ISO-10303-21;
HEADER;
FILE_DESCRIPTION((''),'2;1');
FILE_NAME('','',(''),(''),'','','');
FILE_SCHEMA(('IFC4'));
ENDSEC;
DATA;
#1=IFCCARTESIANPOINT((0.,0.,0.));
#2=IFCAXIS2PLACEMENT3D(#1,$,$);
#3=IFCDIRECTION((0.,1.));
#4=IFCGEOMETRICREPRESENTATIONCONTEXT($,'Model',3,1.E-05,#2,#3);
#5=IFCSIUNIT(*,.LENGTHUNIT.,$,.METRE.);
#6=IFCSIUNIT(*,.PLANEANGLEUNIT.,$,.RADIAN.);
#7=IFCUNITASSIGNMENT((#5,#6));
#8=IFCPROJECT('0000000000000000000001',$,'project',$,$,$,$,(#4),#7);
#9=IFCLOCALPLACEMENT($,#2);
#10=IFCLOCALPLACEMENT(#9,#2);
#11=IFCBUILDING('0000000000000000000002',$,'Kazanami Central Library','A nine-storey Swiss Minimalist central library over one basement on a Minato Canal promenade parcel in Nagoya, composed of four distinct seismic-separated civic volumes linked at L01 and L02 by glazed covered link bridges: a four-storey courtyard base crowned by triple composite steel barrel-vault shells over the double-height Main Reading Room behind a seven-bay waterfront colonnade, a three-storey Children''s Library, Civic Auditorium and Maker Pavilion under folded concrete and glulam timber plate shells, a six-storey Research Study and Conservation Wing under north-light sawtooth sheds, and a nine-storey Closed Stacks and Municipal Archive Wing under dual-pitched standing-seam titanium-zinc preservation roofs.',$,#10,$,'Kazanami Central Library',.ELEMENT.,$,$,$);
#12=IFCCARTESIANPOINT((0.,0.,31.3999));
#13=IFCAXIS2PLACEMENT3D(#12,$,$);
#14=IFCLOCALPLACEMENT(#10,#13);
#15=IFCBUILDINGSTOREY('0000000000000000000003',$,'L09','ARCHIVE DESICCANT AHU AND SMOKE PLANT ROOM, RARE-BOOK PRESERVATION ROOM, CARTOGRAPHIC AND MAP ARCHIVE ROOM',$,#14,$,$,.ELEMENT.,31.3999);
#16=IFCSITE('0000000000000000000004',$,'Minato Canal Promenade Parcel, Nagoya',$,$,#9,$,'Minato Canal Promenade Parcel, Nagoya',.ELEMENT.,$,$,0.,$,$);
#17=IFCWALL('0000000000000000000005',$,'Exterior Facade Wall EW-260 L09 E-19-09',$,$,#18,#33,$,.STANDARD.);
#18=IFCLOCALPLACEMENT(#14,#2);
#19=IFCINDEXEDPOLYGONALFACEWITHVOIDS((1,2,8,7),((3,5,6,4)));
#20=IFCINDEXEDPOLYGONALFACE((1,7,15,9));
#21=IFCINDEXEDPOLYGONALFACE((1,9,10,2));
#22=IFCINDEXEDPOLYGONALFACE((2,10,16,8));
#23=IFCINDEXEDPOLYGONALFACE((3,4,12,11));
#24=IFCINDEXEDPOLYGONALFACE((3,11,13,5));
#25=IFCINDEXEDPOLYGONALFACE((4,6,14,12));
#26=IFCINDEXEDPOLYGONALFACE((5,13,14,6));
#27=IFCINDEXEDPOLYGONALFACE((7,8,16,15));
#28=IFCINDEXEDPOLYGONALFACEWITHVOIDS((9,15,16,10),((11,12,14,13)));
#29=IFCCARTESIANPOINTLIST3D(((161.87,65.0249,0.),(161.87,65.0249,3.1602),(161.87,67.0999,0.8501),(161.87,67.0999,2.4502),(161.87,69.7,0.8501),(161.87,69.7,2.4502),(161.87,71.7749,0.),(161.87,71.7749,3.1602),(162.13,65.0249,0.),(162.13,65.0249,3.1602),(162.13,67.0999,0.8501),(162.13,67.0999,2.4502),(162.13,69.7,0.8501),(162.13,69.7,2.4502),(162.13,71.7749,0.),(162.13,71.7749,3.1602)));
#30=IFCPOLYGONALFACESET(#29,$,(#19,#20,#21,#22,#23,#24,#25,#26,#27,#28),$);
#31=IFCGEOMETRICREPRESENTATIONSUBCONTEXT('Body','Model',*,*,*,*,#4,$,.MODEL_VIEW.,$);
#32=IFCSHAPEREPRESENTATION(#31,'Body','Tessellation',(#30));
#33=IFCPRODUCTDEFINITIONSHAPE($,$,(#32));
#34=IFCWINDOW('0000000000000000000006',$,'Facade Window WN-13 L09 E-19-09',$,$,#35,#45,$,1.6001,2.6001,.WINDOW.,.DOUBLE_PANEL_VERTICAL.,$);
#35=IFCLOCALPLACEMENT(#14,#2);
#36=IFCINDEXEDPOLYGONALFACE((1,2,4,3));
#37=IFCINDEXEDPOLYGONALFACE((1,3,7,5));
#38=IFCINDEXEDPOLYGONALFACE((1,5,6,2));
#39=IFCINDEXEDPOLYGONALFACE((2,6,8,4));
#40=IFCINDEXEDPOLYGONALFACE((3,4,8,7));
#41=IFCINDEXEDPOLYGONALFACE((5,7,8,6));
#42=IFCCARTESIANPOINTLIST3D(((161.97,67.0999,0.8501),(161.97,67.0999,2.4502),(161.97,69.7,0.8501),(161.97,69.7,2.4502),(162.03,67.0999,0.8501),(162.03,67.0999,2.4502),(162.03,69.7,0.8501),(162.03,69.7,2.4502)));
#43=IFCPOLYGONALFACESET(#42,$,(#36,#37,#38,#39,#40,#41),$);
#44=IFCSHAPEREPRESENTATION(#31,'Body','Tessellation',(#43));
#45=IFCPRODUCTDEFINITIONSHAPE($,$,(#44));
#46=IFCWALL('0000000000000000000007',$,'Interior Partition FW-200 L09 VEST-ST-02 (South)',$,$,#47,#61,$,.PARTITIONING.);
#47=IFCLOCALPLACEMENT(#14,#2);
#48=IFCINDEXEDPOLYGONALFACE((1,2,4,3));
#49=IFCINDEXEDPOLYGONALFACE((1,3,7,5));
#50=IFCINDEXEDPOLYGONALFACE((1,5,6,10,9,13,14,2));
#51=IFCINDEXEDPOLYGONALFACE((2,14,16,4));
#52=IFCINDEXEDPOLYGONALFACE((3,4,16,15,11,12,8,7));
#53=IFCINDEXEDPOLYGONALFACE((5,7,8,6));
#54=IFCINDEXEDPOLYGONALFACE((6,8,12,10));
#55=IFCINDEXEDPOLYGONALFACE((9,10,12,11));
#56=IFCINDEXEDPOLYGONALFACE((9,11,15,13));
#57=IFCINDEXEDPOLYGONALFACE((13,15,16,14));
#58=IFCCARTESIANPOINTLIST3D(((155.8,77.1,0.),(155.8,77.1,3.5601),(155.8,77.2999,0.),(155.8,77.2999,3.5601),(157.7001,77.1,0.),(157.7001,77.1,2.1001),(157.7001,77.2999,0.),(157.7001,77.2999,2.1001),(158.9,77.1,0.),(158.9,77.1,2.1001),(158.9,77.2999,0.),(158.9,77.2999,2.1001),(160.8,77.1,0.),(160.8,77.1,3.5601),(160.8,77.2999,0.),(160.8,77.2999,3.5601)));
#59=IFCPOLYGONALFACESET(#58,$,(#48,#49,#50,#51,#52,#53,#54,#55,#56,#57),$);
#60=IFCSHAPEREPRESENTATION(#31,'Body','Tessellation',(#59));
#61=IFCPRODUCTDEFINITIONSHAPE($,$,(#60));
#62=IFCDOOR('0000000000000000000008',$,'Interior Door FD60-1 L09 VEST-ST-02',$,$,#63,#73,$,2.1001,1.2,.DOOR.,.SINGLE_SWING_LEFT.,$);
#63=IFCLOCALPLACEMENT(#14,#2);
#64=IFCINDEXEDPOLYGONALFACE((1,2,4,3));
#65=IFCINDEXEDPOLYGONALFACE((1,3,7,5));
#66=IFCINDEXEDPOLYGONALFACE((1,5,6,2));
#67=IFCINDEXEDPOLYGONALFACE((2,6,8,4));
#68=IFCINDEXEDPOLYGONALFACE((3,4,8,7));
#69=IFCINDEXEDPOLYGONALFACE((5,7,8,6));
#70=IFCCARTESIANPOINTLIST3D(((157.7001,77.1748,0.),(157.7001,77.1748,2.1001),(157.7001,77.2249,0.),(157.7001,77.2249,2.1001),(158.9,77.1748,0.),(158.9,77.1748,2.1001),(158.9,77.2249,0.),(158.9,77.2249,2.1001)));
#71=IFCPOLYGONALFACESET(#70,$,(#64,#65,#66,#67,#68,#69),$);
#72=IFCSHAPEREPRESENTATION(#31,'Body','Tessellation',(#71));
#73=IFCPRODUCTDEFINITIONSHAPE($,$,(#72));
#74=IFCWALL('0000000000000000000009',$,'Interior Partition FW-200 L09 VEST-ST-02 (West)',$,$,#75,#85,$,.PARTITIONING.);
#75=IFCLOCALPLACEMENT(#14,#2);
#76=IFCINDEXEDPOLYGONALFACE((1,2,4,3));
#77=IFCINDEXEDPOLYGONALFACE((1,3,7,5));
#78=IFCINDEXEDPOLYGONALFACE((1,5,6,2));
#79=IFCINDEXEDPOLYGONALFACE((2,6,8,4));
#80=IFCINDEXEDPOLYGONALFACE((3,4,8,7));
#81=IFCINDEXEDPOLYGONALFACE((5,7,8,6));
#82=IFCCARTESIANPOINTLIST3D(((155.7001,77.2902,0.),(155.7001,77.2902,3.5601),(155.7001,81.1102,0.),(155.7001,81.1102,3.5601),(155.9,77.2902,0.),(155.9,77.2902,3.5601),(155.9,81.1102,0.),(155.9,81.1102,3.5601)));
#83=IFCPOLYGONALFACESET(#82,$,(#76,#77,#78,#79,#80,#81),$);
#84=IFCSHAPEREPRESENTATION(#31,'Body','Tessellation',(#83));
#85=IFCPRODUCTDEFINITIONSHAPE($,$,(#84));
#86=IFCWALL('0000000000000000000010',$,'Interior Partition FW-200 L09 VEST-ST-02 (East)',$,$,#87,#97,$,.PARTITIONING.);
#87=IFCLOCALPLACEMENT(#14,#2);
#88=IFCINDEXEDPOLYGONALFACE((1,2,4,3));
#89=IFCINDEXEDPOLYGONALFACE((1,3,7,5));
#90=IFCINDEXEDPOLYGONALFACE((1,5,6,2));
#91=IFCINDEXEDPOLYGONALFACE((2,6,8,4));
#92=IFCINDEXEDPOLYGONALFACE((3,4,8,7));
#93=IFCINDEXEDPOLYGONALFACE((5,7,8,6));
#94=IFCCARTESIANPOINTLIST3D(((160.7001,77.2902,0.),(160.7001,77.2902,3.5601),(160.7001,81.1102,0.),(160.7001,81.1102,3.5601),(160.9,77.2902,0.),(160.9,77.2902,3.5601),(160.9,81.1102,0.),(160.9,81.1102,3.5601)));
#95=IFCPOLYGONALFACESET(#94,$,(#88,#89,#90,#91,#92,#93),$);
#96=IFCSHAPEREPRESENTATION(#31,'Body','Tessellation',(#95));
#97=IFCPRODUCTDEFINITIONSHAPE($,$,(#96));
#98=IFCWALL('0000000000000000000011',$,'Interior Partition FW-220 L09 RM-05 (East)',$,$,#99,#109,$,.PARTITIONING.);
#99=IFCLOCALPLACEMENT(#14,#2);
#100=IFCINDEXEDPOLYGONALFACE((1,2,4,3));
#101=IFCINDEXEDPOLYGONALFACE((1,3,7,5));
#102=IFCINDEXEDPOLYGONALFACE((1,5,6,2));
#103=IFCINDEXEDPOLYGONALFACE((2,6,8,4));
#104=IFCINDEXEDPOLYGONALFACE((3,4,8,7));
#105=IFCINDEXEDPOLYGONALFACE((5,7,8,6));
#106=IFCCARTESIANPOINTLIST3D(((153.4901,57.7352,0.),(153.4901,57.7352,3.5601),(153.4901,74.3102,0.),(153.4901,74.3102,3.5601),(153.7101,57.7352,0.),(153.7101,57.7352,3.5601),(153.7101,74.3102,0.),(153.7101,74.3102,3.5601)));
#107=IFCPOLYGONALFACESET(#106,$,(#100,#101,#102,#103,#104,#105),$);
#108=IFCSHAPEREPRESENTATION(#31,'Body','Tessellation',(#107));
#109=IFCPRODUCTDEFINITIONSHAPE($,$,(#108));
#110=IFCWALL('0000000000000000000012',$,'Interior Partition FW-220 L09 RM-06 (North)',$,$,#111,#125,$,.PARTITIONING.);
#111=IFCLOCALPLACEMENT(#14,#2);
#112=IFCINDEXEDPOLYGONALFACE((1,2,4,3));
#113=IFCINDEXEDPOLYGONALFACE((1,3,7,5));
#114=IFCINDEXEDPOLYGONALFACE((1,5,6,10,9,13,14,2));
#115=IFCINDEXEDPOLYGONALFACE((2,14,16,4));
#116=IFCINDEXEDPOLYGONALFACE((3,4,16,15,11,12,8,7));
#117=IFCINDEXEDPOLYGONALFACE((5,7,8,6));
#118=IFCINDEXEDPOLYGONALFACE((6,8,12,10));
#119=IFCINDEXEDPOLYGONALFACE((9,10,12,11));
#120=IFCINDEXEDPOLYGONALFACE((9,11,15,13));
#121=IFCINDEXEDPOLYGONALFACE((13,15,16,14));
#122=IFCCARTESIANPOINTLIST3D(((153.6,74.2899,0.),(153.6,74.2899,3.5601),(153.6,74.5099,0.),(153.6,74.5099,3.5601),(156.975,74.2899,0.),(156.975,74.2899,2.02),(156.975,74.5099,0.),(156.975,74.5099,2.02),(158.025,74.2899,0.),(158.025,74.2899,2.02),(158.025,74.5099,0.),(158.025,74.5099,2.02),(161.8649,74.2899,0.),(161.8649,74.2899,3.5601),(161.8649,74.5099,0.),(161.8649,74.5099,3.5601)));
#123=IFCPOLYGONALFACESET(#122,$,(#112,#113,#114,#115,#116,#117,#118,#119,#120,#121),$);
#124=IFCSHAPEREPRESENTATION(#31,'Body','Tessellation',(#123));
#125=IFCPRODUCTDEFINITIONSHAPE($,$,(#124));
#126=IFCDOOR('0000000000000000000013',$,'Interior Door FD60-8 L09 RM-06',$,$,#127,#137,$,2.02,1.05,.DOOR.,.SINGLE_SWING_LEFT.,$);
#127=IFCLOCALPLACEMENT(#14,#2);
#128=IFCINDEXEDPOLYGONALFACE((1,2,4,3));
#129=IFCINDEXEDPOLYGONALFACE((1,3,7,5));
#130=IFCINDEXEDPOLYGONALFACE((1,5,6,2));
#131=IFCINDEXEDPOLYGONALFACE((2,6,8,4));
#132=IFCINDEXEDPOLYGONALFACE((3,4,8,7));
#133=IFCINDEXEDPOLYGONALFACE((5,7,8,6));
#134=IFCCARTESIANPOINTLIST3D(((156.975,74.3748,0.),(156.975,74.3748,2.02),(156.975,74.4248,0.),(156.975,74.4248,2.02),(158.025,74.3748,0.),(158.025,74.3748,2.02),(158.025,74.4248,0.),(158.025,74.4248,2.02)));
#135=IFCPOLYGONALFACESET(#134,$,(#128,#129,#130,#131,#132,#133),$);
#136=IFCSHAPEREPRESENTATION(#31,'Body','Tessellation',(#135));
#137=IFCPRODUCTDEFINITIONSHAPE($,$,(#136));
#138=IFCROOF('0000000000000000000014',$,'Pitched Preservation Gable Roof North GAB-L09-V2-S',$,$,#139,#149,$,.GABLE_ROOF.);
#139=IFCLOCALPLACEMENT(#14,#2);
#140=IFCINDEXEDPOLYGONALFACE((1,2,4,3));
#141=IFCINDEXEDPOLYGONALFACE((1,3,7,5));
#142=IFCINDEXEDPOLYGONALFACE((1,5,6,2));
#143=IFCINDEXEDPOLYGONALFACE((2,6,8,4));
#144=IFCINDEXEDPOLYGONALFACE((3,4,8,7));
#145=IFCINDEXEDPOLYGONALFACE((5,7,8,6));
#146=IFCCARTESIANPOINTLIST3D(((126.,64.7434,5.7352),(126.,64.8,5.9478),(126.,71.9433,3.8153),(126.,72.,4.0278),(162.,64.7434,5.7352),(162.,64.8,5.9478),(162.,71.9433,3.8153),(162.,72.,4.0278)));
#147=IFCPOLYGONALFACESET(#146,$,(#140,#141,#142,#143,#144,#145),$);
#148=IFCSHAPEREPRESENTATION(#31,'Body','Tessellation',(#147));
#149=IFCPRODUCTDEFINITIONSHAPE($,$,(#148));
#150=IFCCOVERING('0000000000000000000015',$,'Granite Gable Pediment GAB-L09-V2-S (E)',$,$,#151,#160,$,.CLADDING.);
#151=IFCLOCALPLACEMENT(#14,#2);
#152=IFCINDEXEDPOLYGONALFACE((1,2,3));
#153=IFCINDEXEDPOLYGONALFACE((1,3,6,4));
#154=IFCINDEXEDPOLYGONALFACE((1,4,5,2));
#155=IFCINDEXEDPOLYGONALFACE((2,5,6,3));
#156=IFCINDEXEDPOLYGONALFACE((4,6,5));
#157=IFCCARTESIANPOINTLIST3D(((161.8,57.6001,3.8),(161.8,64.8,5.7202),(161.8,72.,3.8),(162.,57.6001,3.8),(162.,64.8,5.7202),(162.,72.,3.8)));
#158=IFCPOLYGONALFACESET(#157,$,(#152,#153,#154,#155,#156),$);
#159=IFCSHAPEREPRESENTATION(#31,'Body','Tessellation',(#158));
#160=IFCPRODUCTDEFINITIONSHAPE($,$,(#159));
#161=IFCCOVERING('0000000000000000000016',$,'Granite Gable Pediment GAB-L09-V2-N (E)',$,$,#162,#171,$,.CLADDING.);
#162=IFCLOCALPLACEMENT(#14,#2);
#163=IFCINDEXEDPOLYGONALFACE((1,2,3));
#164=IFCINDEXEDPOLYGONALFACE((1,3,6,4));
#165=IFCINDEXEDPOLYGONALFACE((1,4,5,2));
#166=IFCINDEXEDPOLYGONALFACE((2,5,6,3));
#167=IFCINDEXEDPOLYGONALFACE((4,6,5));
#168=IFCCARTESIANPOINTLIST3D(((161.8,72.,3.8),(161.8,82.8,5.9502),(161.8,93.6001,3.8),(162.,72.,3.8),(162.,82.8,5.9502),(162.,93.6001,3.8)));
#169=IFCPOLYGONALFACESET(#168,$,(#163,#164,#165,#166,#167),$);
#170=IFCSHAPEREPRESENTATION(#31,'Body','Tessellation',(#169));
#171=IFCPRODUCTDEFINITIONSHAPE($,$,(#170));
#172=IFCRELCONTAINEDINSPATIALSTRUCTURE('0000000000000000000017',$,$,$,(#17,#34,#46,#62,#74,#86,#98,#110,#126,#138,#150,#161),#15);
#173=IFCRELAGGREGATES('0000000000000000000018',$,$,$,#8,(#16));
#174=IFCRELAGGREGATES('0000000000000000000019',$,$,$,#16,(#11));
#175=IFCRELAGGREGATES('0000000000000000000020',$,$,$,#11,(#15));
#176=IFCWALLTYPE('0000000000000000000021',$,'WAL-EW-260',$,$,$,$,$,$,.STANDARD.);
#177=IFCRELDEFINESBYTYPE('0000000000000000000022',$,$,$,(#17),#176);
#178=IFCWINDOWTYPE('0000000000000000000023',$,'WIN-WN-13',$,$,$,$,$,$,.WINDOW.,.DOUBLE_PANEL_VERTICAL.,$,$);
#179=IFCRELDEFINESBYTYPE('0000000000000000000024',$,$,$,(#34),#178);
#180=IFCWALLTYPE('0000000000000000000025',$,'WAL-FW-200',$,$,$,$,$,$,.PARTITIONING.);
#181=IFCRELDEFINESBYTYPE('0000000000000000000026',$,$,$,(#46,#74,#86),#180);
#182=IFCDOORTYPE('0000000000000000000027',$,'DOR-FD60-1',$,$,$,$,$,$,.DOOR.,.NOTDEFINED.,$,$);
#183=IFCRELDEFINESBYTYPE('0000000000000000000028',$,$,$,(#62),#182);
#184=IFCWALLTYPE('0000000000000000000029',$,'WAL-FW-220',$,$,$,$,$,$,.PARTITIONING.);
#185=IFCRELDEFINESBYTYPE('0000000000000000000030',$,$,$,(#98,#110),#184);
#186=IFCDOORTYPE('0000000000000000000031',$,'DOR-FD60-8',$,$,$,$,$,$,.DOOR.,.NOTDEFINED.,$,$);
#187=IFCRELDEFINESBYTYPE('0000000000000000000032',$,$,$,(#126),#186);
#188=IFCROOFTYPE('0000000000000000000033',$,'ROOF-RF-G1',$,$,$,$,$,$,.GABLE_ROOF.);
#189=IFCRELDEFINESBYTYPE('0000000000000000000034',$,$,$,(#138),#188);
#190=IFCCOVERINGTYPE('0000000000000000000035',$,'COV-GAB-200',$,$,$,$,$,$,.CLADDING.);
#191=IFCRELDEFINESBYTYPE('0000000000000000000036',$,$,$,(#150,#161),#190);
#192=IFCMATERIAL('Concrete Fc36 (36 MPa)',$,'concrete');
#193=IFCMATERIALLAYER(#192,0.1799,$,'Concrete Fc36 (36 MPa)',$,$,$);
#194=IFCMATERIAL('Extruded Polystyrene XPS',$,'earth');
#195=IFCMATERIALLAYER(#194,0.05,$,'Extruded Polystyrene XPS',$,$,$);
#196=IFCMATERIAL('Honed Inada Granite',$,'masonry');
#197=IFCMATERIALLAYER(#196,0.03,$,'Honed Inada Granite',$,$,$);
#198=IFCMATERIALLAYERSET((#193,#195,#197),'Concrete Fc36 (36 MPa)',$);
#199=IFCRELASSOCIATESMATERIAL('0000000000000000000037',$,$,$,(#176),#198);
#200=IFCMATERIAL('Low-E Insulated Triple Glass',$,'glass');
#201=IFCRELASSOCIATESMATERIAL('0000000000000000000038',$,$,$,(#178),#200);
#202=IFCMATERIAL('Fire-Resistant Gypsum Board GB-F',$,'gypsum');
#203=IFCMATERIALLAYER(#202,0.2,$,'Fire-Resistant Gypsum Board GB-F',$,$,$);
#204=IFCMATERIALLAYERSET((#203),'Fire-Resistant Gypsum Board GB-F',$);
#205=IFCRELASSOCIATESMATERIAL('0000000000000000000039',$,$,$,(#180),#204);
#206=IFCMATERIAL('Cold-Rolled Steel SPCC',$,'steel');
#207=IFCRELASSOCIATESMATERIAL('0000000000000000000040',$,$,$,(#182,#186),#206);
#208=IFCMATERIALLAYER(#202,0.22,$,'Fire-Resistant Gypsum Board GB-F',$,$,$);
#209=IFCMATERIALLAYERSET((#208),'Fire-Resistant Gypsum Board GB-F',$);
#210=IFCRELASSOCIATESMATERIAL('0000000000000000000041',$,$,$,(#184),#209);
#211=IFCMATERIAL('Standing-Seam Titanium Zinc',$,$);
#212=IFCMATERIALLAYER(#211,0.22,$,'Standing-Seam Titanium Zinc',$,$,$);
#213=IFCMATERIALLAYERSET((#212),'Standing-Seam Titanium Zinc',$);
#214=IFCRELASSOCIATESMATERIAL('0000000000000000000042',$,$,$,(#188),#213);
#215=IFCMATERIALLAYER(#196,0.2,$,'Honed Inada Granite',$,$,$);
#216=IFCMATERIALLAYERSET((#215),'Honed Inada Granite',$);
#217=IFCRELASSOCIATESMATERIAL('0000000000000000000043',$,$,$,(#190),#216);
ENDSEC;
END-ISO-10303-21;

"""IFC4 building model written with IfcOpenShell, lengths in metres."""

from ifc_helpers import new_model, si_unit, direction, frame, frame_2d, origin, place, context, subcontext, project, spatial, polyline, rectangle, outline, extrude, material, layer, layer_set, type_object, element, fill, save


model = new_model("IFC4")

# Units and contexts
model_context = context("Model", 3, precision=1e-05, world=origin(), true_north=direction((0.0, 1.0)))
body_context = subcontext(model_context, "Body", "Model", "MODEL_VIEW")
ifc_project = project(units=[si_unit("LENGTHUNIT", "METRE"), si_unit("PLANEANGLEUNIT", "RADIAN")], contexts=[model_context])

# Site, building, storey
site_placement = place(None, origin())
site = spatial("IfcSite", under=ifc_project, at=site_placement, Name="Minato Canal Promenade Parcel, Nagoya", LongName="Minato Canal Promenade Parcel, Nagoya", CompositionType="ELEMENT", RefElevation=0.0)
building_placement = place(site_placement, origin())
building = spatial("IfcBuilding", under=site, at=building_placement, Name="Kazanami Central Library", Description="A nine-storey Swiss Minimalist central library over one basement on a Minato Canal promenade parcel in Nagoya, composed of four distinct seismic-separated civic volumes linked at L01 and L02 by glazed covered link bridges: a four-storey courtyard base crowned by triple composite steel barrel-vault shells over the double-height Main Reading Room behind a seven-bay waterfront colonnade, a three-storey Children's Library, Civic Auditorium and Maker Pavilion under folded concrete and glulam timber plate shells, a six-storey Research Study and Conservation Wing under north-light sawtooth sheds, and a nine-storey Closed Stacks and Municipal Archive Wing under dual-pitched standing-seam titanium-zinc preservation roofs.", LongName="Kazanami Central Library", CompositionType="ELEMENT")
storey_placement = place(building_placement, frame((0.0, 0.0, 31.3999)))
storey = spatial("IfcBuildingStorey", under=building, at=storey_placement, Name="L09", Description="ARCHIVE DESICCANT AHU AND SMOKE PLANT ROOM, RARE-BOOK PRESERVATION ROOM, CARTOGRAPHIC AND MAP ARCHIVE ROOM", CompositionType="ELEMENT", Elevation=31.3999)

# Wall, opening, window
ifc_material_1 = material(Name="Concrete Fc36 (36 MPa)", Category="concrete")
ifc_layer_1 = layer(ifc_material_1, 0.1799, Name="Concrete Fc36 (36 MPa)")
ifc_material_2 = material(Name="Extruded Polystyrene XPS", Category="earth")
ifc_layer_2 = layer(ifc_material_2, 0.05, Name="Extruded Polystyrene XPS")
ifc_material_3 = material(Name="Honed Inada Granite", Category="masonry")
ifc_layer_3 = layer(ifc_material_3, 0.03, Name="Honed Inada Granite")
ifc_layer_set_1 = layer_set([ifc_layer_1, ifc_layer_2, ifc_layer_3], Name="Concrete Fc36 (36 MPa)")
wall_type_1 = type_object("IfcWallType", Name="WAL-EW-260", PredefinedType="STANDARD", material=ifc_layer_set_1)
ifc_material_4 = material(Name="Low-E Insulated Triple Glass", Category="glass")
window_type = type_object("IfcWindowType", Name="WIN-WN-13", PartitioningType="DOUBLE_PANEL_VERTICAL", PredefinedType="WINDOW", material=ifc_material_4)
wall_1_placement = place(storey_placement, frame((162.0, 71.7749, 0.0), z_axis=(0.0, 0.0, 1.0), x_axis=(0.0, -1.0, 0.0)))
wall_1 = element("IfcWall", 1, at=wall_1_placement, inside=storey, type_object=wall_type_1, Name="Exterior Facade Wall EW-260 L09 E-19-09", PredefinedType="STANDARD", context=body_context, shape_type="SweptSolid", body=[
    extrude(rectangle(XDim=6.75, YDim=0.26, at=frame_2d((3.375, 0.0))), origin(), (0.0, 0.0, 1.0), 3.1602),
])
opening_1_placement = place(wall_1_placement, frame((2.075, 0.0, 0.8501)))
opening_1 = element("IfcOpeningElement", 2, at=opening_1_placement, cuts=wall_1, PredefinedType="OPENING", context=body_context, shape_type="SweptSolid", body=[
    extrude(rectangle(XDim=2.6001, YDim=1.6001, at=frame_2d((1.3, 0.8))), frame((0.0, 0.1421, 0.0), z_axis=(0.0, -1.0, 0.0), x_axis=(1.0, 0.0, 0.0)), (0.0, 0.0, 1.0), 0.2839),
])
window_1_placement = place(opening_1_placement, origin())
window_1 = element("IfcWindow", 3, at=window_1_placement, inside=storey, type_object=window_type, Name="Facade Window WN-13 L09 E-19-09", OverallHeight=1.6001, OverallWidth=2.6001, PartitioningType="DOUBLE_PANEL_VERTICAL", PredefinedType="WINDOW", context=body_context, shape_type="SweptSolid", body=[
    extrude(rectangle(XDim=2.6001, YDim=1.6001, at=frame_2d((1.3, 0.8))), frame((0.0, 0.03, 0.0), z_axis=(0.0, -1.0, 0.0), x_axis=(1.0, 0.0, 0.0)), (0.0, 0.0, 1.0), 0.0601),
])
fill(opening_1, window_1)

# Wall, opening, door
ifc_material_5 = material(Name="Fire-Resistant Gypsum Board GB-F", Category="gypsum")
ifc_layer_4 = layer(ifc_material_5, 0.2, Name="Fire-Resistant Gypsum Board GB-F")
ifc_layer_set_2 = layer_set([ifc_layer_4], Name="Fire-Resistant Gypsum Board GB-F")
wall_type_2 = type_object("IfcWallType", Name="WAL-FW-200", PredefinedType="PARTITIONING", material=ifc_layer_set_2)
wall_2_placement = place(storey_placement, frame((155.8, 77.2, 0.0), z_axis=(0.0, 0.0, 1.0), x_axis=(1.0, 0.0, 0.0)))
wall_2 = element("IfcWall", 4, at=wall_2_placement, inside=storey, type_object=wall_type_2, Name="Interior Partition FW-200 L09 VEST-ST-02 (South)", PredefinedType="PARTITIONING", context=body_context, shape_type="SweptSolid", body=[
    extrude(rectangle(XDim=5.0, YDim=0.2, at=frame_2d((2.5, 0.0))), origin(), (0.0, 0.0, 1.0), 3.5601),
])
opening_2_placement = place(wall_2_placement, frame((1.8999, 0.0, 0.0)))
opening_2 = element("IfcOpeningElement", 5, at=opening_2_placement, cuts=wall_2, PredefinedType="OPENING", context=body_context, shape_type="SweptSolid", body=[
    extrude(rectangle(XDim=1.2, YDim=2.1001, at=frame_2d((0.6001, 1.05))), frame((0.0, 0.1118, 0.0), z_axis=(0.0, -1.0, 0.0), x_axis=(1.0, 0.0, 0.0)), (0.0, 0.0, 1.0), 0.2239),
])
ifc_material_6 = material(Name="Cold-Rolled Steel SPCC", Category="steel")
door_type_1 = type_object("IfcDoorType", Name="DOR-FD60-1", OperationType="NOTDEFINED", PredefinedType="DOOR", material=ifc_material_6)
door_1_placement = place(opening_2_placement, origin())
door_1 = element("IfcDoor", 6, at=door_1_placement, inside=storey, type_object=door_type_1, Name="Interior Door FD60-1 L09 VEST-ST-02", OperationType="SINGLE_SWING_LEFT", OverallHeight=2.1001, OverallWidth=1.2, PredefinedType="DOOR", context=body_context, shape_type="SweptSolid", body=[
    extrude(rectangle(XDim=1.2, YDim=2.1001, at=frame_2d((0.6001, 1.05))), frame((0.0, 0.0249, 0.0), z_axis=(0.0, -1.0, 0.0), x_axis=(1.0, 0.0, 0.0)), (0.0, 0.0, 1.0), 0.05),
])
fill(opening_2, door_1)

# Walls
for number, where, z_axis, x_axis, name in (
    (7, (155.8, 77.29, 0.0), (0.0, 0.0, 1.0), (0.0, 1.0, 0.0), "Interior Partition FW-200 L09 VEST-ST-02 (West)"),
    (8, (160.8, 77.29, 0.0), (0.0, 0.0, 1.0), (0.0, 1.0, 0.0), "Interior Partition FW-200 L09 VEST-ST-02 (East)"),
):
    element("IfcWall", number, at=place(storey_placement, frame(where, z_axis=z_axis, x_axis=x_axis)), inside=storey, type_object=wall_type_2, Name=name, PredefinedType="PARTITIONING", context=body_context, shape_type="SweptSolid", body=[
        extrude(rectangle(XDim=3.8201, YDim=0.2, at=frame_2d((1.9102, 0.0))), origin(), (0.0, 0.0, 1.0), 3.5601),
    ])
ifc_layer_5 = layer(ifc_material_5, 0.22, Name="Fire-Resistant Gypsum Board GB-F")
ifc_layer_set_3 = layer_set([ifc_layer_5], Name="Fire-Resistant Gypsum Board GB-F")
wall_type_3 = type_object("IfcWallType", Name="WAL-FW-220", PredefinedType="PARTITIONING", material=ifc_layer_set_3)
wall_3_placement = place(storey_placement, frame((153.6001, 57.7351, 0.0), z_axis=(0.0, 0.0, 1.0), x_axis=(0.0, 1.0, 0.0)))
element("IfcWall", 9, at=wall_3_placement, inside=storey, type_object=wall_type_3, Name="Interior Partition FW-220 L09 RM-05 (East)", PredefinedType="PARTITIONING", context=body_context, shape_type="SweptSolid", body=[
    extrude(rectangle(XDim=16.575, YDim=0.22, at=frame_2d((8.2876, 0.0))), origin(), (0.0, 0.0, 1.0), 3.5601),
])

# Wall, opening, door
wall_4_placement = place(storey_placement, frame((153.6001, 74.3999, 0.0), z_axis=(0.0, 0.0, 1.0), x_axis=(1.0, 0.0, 0.0)))
wall_4 = element("IfcWall", 10, at=wall_4_placement, inside=storey, type_object=wall_type_3, Name="Interior Partition FW-220 L09 RM-06 (North)", PredefinedType="PARTITIONING", context=body_context, shape_type="SweptSolid", body=[
    extrude(rectangle(XDim=8.2649, YDim=0.22, at=frame_2d((4.1323, 0.0))), origin(), (0.0, 0.0, 1.0), 3.5601),
])
opening_3_placement = place(wall_4_placement, frame((3.375, 0.0, 0.0)))
opening_3 = element("IfcOpeningElement", 11, at=opening_3_placement, cuts=wall_4, PredefinedType="OPENING", context=body_context, shape_type="SweptSolid", body=[
    extrude(rectangle(XDim=1.05, YDim=2.02, at=frame_2d((0.5249, 1.01))), frame((0.0, 0.1221, 0.0), z_axis=(0.0, -1.0, 0.0), x_axis=(1.0, 0.0, 0.0)), (0.0, 0.0, 1.0), 0.2439),
])
door_type_2 = type_object("IfcDoorType", Name="DOR-FD60-8", OperationType="NOTDEFINED", PredefinedType="DOOR", material=ifc_material_6)
door_2_placement = place(opening_3_placement, origin())
door_2 = element("IfcDoor", 12, at=door_2_placement, inside=storey, type_object=door_type_2, Name="Interior Door FD60-8 L09 RM-06", OperationType="SINGLE_SWING_LEFT", OverallHeight=2.02, OverallWidth=1.05, PredefinedType="DOOR", context=body_context, shape_type="SweptSolid", body=[
    extrude(rectangle(XDim=1.05, YDim=2.02, at=frame_2d((0.5249, 1.01))), frame((0.0, 0.0249, 0.0), z_axis=(0.0, -1.0, 0.0), x_axis=(1.0, 0.0, 0.0)), (0.0, 0.0, 1.0), 0.05),
])
fill(opening_3, door_2)

# Roof
ifc_material_7 = material(Name="Standing-Seam Titanium Zinc")
ifc_layer_6 = layer(ifc_material_7, 0.22, Name="Standing-Seam Titanium Zinc")
ifc_layer_set_4 = layer_set([ifc_layer_6], Name="Standing-Seam Titanium Zinc")
roof_type = type_object("IfcRoofType", Name="ROOF-RF-G1", PredefinedType="GABLE_ROOF", material=ifc_layer_set_4)
roof_placement = place(storey_placement, frame((162.0, 72.0, 4.0278), z_axis=(0.0, 0.257654, 0.966237), x_axis=(-1.0, 0.0, 0.0)))
element("IfcRoof", 13, at=roof_placement, inside=storey, type_object=roof_type, Name="Pitched Preservation Gable Roof North GAB-L09-V2-S", PredefinedType="GABLE_ROOF", context=body_context, shape_type="SweptSolid", body=[
    extrude(outline(polyline([(0.0, 0.0), (36.0, 0.0), (36.0, 7.4515), (0.0, 7.4515), (0.0, 0.0)])), origin(), (0.0, 0.0, -1.0), 0.22),
])

# Coverings
ifc_layer_7 = layer(ifc_material_3, 0.2, Name="Honed Inada Granite")
ifc_layer_set_5 = layer_set([ifc_layer_7], Name="Honed Inada Granite")
covering_type_1 = type_object("IfcCoveringType", Name="COV-GAB-200", PredefinedType="CLADDING", material=ifc_layer_set_5)
covering_1_placement = place(storey_placement, frame((162.0, 57.6001, 3.8), z_axis=(1.0, 0.0, 0.0), x_axis=(0.0, 1.0, 0.0)))
element("IfcCovering", 14, at=covering_1_placement, inside=storey, type_object=covering_type_1, Name="Granite Gable Pediment GAB-L09-V2-S (E)", PredefinedType="CLADDING", context=body_context, shape_type="SweptSolid", body=[
    extrude(outline(polyline([(0.0, 0.0), (14.3999, 0.0), (7.2, 1.9202), (0.0, 0.0)])), origin(), (0.0, 0.0, -1.0), 0.2),
])
covering_2_placement = place(storey_placement, frame((162.0, 72.0, 3.8), z_axis=(1.0, 0.0, 0.0), x_axis=(0.0, 1.0, 0.0)))
element("IfcCovering", 15, at=covering_2_placement, inside=storey, type_object=covering_type_1, Name="Granite Gable Pediment GAB-L09-V2-N (E)", PredefinedType="CLADDING", context=body_context, shape_type="SweptSolid", body=[
    extrude(outline(polyline([(0.0, 0.0), (21.6001, 0.0), (10.8, 2.1501), (0.0, 0.0)])), origin(), (0.0, 0.0, -1.0), 0.2),
])

save(model, "model.ifc")
